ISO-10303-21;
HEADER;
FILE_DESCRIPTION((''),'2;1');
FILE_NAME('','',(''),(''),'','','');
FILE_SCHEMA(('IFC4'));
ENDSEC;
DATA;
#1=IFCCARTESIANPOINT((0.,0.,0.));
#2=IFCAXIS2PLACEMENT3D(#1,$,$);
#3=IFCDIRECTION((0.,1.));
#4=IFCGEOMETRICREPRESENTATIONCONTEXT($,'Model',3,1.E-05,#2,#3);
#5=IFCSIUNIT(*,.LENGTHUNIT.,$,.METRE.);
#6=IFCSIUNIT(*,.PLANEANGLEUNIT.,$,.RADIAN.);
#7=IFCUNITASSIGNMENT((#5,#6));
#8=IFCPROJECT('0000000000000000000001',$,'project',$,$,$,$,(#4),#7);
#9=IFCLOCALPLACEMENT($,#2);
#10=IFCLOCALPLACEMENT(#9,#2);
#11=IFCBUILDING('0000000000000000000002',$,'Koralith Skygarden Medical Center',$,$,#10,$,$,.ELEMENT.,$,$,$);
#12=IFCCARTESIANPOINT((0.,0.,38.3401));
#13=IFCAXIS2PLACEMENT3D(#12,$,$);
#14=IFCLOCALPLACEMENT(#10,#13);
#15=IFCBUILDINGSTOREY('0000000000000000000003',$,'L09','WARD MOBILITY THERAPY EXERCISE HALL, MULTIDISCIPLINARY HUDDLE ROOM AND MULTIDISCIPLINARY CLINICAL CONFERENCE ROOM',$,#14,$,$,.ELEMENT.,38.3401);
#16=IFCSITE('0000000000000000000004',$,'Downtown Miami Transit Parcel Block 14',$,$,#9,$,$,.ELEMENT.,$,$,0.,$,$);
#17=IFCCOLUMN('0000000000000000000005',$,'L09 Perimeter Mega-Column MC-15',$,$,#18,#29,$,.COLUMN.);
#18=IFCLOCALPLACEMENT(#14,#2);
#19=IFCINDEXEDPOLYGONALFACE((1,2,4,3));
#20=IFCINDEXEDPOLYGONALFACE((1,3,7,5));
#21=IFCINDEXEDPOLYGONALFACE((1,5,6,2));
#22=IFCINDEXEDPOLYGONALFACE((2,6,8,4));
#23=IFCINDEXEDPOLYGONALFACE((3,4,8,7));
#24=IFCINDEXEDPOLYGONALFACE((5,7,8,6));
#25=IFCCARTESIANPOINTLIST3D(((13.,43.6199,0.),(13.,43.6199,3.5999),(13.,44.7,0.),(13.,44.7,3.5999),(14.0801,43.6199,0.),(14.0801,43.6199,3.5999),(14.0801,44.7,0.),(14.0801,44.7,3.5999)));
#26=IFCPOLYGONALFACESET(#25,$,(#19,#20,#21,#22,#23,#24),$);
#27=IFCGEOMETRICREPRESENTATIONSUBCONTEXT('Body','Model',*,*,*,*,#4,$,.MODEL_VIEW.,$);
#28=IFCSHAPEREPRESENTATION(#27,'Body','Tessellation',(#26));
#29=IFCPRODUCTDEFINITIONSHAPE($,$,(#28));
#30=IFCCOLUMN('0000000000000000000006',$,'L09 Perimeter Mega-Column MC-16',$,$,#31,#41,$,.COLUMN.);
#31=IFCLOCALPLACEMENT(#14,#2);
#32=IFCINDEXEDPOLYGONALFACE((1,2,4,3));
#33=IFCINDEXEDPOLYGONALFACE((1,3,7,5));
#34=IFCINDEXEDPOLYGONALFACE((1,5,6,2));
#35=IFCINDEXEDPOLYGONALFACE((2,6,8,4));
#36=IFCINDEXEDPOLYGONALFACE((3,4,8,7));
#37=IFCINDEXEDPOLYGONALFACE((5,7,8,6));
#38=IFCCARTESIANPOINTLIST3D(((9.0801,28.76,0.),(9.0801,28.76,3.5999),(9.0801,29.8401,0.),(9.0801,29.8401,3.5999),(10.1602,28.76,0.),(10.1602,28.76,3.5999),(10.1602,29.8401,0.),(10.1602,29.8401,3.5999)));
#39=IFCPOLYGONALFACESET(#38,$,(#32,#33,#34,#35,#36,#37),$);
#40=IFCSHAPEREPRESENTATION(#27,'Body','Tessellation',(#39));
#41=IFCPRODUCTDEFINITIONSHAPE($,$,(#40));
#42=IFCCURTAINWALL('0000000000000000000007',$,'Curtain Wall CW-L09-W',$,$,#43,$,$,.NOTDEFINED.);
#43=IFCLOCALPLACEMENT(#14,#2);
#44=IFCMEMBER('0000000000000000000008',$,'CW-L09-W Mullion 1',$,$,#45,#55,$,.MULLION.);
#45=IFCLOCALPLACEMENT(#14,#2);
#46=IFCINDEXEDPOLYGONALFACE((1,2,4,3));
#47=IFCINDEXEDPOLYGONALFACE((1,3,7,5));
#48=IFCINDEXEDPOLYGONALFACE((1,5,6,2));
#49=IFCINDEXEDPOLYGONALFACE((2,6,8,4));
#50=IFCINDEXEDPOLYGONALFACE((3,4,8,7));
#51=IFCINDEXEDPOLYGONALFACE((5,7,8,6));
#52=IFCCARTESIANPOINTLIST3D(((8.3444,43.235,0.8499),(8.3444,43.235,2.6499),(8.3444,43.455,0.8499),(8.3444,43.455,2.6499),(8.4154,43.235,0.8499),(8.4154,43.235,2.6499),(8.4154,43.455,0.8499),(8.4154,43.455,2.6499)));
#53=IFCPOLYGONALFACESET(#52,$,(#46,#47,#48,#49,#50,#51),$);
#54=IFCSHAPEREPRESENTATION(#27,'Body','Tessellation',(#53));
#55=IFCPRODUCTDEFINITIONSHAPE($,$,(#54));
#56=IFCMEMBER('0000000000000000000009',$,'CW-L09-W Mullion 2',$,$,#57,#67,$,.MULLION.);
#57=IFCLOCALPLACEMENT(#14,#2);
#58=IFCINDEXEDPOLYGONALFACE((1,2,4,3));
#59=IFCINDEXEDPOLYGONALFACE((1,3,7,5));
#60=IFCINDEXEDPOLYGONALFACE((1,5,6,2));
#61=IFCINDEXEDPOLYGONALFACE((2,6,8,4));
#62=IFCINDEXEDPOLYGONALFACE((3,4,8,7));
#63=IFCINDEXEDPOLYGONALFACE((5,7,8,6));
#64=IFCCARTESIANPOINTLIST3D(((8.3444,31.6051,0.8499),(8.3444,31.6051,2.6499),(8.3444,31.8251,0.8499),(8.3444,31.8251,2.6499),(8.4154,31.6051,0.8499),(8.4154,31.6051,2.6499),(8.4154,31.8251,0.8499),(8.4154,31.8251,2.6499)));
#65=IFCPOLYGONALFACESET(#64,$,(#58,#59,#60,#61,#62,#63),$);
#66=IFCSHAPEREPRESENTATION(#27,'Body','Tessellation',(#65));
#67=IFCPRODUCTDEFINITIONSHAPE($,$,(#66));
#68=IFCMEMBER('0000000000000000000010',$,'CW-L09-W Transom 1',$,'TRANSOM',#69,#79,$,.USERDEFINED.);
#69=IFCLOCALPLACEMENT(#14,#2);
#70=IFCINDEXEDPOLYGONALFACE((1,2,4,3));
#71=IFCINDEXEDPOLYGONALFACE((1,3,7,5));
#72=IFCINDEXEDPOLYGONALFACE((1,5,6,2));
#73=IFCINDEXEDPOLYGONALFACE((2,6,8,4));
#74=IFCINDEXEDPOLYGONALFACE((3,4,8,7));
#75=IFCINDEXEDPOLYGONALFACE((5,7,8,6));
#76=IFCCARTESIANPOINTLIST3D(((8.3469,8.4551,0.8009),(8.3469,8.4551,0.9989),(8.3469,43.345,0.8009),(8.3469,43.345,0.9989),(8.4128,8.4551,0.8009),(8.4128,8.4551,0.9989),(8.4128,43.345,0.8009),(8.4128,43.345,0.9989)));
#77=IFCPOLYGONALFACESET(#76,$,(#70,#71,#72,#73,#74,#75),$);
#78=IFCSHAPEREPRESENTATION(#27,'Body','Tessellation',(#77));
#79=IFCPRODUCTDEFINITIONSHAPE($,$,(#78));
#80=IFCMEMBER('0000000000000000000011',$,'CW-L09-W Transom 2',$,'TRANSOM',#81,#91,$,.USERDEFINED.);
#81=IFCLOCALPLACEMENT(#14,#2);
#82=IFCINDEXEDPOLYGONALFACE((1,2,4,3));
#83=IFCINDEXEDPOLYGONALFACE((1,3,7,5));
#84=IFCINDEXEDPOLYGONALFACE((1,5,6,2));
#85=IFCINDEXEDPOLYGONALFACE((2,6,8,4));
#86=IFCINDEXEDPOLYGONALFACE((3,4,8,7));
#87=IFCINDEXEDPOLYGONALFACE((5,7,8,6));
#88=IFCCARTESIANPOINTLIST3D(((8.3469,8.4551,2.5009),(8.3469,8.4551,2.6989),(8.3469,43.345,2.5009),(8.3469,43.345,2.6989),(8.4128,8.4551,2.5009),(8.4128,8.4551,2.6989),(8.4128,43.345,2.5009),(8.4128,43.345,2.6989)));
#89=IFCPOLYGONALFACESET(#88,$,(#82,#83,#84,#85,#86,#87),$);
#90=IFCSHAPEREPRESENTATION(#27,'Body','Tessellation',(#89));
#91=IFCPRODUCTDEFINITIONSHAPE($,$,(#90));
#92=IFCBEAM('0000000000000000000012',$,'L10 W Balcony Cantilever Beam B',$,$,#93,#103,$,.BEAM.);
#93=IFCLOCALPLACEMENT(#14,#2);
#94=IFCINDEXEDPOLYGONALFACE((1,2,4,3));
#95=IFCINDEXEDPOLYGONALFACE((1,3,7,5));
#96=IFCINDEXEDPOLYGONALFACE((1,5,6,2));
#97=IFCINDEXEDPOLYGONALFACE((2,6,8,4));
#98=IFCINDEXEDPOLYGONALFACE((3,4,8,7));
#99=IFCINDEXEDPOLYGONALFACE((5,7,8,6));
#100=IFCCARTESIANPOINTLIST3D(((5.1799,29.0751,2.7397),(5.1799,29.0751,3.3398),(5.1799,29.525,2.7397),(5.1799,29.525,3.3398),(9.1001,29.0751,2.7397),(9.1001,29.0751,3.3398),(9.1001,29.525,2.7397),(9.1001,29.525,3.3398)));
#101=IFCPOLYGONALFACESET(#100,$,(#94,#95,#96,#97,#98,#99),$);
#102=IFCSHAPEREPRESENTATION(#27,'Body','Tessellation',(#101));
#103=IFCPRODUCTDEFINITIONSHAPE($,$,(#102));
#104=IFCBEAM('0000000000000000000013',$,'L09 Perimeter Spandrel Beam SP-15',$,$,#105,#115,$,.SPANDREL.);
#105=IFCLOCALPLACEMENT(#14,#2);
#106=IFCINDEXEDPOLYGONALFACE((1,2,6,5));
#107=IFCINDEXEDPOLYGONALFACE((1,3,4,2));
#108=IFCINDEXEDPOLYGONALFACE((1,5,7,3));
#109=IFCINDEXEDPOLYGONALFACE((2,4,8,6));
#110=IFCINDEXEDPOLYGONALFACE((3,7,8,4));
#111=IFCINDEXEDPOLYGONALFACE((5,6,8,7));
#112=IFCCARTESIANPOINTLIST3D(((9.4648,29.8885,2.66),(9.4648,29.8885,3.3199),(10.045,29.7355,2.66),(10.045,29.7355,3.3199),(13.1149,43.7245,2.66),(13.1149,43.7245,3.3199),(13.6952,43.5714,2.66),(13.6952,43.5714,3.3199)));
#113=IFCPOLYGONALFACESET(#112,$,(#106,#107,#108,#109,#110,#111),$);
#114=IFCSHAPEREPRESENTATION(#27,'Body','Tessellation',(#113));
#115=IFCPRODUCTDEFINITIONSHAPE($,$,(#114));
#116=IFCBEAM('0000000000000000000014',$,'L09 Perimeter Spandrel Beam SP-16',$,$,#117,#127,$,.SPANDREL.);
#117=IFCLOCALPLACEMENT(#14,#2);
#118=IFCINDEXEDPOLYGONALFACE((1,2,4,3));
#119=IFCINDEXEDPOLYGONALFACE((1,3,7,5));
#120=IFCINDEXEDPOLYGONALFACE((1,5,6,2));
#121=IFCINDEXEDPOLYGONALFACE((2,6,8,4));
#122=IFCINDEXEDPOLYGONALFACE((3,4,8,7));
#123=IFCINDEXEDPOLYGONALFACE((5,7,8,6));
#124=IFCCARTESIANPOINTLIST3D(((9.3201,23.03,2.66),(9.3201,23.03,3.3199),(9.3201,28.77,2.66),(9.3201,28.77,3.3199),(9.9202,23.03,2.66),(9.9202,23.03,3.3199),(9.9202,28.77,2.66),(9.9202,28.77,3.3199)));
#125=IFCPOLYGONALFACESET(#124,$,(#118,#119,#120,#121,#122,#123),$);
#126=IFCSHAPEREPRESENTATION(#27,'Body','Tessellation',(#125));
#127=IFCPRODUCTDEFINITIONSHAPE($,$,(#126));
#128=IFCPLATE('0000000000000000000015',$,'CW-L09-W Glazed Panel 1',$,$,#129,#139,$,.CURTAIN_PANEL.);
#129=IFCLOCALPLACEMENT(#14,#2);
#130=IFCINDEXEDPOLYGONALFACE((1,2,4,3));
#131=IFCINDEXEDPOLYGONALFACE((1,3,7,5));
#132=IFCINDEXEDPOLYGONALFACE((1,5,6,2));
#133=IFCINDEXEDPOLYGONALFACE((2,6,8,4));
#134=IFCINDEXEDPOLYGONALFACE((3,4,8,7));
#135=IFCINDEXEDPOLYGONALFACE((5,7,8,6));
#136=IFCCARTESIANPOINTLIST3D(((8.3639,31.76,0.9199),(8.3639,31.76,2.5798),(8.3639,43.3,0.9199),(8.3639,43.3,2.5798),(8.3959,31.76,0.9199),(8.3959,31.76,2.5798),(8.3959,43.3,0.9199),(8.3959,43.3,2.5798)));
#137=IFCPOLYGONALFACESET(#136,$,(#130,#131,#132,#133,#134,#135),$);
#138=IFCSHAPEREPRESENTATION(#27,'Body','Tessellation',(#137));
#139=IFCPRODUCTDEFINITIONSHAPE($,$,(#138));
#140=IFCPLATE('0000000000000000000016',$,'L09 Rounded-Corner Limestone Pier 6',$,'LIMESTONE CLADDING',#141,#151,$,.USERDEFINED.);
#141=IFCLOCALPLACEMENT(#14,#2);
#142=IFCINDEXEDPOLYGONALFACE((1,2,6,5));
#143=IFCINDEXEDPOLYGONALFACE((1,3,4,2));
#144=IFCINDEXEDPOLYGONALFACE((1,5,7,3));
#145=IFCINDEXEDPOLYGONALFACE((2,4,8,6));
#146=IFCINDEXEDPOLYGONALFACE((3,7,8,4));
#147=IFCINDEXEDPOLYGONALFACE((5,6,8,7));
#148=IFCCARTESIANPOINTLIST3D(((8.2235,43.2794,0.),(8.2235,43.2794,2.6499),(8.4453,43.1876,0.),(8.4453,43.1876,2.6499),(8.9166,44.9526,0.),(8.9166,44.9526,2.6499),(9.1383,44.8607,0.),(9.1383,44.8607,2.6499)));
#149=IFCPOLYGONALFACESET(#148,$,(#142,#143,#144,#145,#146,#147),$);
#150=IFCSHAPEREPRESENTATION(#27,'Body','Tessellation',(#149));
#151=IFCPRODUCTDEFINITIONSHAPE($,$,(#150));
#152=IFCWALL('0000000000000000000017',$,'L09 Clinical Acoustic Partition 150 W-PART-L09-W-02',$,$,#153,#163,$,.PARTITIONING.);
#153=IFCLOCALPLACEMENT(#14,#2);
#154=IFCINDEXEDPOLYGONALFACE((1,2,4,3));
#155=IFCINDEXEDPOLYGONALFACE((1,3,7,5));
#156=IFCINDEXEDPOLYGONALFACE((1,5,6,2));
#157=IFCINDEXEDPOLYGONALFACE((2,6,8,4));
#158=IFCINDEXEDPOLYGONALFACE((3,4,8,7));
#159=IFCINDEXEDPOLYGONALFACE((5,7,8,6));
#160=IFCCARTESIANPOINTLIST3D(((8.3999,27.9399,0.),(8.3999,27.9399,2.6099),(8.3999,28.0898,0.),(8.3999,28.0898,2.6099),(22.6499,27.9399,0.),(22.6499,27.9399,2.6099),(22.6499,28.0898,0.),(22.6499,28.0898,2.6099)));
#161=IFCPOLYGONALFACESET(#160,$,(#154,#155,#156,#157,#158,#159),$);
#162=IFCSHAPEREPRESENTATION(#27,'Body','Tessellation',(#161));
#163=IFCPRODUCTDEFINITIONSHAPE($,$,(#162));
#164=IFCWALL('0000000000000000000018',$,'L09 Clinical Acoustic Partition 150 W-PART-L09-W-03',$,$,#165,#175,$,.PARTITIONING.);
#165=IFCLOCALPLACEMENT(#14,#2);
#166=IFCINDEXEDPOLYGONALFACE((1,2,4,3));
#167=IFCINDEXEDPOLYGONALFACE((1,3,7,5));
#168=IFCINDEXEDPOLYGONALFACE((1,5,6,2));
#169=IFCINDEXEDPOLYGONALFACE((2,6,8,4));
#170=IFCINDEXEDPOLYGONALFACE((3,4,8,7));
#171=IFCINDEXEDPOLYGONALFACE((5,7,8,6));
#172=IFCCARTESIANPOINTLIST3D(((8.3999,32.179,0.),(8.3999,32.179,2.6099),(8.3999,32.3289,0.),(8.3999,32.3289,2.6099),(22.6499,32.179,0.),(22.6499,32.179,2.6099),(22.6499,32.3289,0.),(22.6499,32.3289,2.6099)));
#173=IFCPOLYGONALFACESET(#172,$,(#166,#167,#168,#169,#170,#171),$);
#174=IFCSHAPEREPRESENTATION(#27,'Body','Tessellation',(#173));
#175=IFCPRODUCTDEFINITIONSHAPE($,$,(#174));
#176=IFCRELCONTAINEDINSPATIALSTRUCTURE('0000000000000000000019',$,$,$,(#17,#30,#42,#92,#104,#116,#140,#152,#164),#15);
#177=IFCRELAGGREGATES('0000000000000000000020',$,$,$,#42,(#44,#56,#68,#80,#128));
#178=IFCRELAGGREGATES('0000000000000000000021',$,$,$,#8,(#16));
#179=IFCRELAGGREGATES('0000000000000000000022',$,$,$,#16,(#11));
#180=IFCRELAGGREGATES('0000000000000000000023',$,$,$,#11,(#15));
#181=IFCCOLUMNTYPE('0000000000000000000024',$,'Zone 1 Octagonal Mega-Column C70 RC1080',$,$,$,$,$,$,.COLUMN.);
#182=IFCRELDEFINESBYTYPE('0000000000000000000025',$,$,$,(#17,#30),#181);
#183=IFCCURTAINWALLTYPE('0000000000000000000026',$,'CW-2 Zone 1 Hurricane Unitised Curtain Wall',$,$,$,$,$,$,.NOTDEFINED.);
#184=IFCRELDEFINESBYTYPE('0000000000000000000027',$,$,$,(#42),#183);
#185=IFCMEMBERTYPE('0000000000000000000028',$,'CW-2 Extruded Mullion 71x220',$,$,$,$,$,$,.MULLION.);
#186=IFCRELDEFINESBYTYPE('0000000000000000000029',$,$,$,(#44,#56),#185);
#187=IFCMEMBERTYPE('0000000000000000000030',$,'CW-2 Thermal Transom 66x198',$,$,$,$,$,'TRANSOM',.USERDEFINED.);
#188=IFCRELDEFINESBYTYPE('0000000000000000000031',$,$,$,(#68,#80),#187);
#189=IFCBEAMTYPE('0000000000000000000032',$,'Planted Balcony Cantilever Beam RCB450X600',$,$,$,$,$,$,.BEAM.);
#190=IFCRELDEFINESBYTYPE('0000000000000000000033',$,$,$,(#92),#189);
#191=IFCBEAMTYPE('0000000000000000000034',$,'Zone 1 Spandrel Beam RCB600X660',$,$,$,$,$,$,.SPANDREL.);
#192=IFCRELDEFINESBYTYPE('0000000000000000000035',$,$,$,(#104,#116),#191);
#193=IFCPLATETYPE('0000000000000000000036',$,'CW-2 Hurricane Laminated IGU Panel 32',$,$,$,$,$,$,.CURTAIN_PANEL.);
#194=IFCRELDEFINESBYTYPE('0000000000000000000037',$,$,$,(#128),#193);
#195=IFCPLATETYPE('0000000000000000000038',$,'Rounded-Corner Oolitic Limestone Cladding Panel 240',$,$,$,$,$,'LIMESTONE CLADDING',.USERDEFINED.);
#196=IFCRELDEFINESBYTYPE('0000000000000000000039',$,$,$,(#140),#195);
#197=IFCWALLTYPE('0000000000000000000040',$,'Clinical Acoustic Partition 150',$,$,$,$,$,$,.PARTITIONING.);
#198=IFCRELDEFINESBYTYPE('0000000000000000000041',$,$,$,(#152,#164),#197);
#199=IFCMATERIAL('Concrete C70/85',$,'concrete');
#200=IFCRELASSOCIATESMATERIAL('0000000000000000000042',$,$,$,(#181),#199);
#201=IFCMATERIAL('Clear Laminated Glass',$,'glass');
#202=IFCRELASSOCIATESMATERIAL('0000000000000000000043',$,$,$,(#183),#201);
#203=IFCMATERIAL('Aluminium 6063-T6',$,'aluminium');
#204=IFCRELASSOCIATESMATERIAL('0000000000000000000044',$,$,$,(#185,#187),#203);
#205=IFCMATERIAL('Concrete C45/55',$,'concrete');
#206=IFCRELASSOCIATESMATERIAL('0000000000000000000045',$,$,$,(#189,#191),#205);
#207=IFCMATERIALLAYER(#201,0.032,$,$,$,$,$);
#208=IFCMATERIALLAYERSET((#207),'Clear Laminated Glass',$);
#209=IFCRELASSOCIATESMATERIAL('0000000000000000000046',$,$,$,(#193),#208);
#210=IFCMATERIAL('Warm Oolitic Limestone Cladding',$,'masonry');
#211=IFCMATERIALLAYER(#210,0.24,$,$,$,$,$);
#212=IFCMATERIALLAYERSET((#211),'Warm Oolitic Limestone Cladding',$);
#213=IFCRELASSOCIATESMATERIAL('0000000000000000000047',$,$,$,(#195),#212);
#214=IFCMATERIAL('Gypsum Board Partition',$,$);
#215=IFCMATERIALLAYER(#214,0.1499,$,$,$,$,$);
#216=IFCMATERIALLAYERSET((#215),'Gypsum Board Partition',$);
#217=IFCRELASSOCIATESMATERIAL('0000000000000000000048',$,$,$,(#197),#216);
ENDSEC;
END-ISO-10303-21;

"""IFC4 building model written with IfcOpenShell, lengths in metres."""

from ifc_helpers import new_model, si_unit, direction, frame, frame_2d, origin, origin_2d, place, context, subcontext, project, spatial, rectangle, extrude, material, layer, layer_set, material_profile, profile_set, type_object, element, aggregate, save


model = new_model("IFC4")

# Units and contexts
model_context = context("Model", 3, precision=1e-05, world=origin(), true_north=direction((0.0, 1.0)))
body_context = subcontext(model_context, "Body", "Model", "MODEL_VIEW")
ifc_project = project(units=[si_unit("LENGTHUNIT", "METRE"), si_unit("PLANEANGLEUNIT", "RADIAN")], contexts=[model_context])

# Site, building, storey
site_placement = place(None, origin())
site = spatial("IfcSite", under=ifc_project, at=site_placement, Name="Downtown Miami Transit Parcel Block 14", CompositionType="ELEMENT", RefElevation=0.0)
building_placement = place(site_placement, origin())
building = spatial("IfcBuilding", under=site, at=building_placement, Name="Koralith Skygarden Medical Center", CompositionType="ELEMENT")
storey_placement = place(building_placement, frame((0.0, 0.0, 38.3401)))
storey = spatial("IfcBuildingStorey", under=building, at=storey_placement, Name="L09", Description="WARD MOBILITY THERAPY EXERCISE HALL, MULTIDISCIPLINARY HUDDLE ROOM AND MULTIDISCIPLINARY CLINICAL CONFERENCE ROOM", CompositionType="ELEMENT", Elevation=38.3401)

# Columns
ifc_material_1 = material(Name="Concrete C70/85", Category="concrete")
ifc_material_profile_1 = material_profile(ifc_material_1, rectangle(XDim=1.0801, YDim=1.0801, at=origin_2d()), Name="RC1080X1080")
ifc_profile_set_1 = profile_set([ifc_material_profile_1], Name="Concrete C70/85")
column_type = type_object("IfcColumnType", Name="Zone 1 Octagonal Mega-Column C70 RC1080", PredefinedType="COLUMN", material=ifc_profile_set_1)
for number, where, z_axis, x_axis, name in (
    (1, (13.54, 44.1599, 0.0), (0.0, 0.0, 1.0), (1.0, 0.0, 0.0), "L09 Perimeter Mega-Column MC-15"),
    (2, (9.6201, 29.3, 0.0), (0.0, 0.0, 1.0), (1.0, 0.0, 0.0), "L09 Perimeter Mega-Column MC-16"),
):
    element("IfcColumn", number, at=place(storey_placement, frame(where, z_axis=z_axis, x_axis=x_axis)), inside=storey, type_object=column_type, Name=name, PredefinedType="COLUMN", context=body_context, shape_type="SweptSolid", body=[
        extrude(rectangle(XDim=1.0801, YDim=1.0801, at=origin_2d()), origin(), (0.0, 0.0, 1.0), 3.5999),
    ])

# Curtain wall, members
ifc_material_2 = material(Name="Clear Laminated Glass", Category="glass")
curtain_wall_type = type_object("IfcCurtainWallType", Name="CW-2 Zone 1 Hurricane Unitised Curtain Wall", PredefinedType="NOTDEFINED", material=ifc_material_2)
curtain_wall_placement = place(storey_placement, origin())
curtain_wall = element("IfcCurtainWall", 3, at=curtain_wall_placement, inside=storey, type_object=curtain_wall_type, Name="Curtain Wall CW-L09-W", PredefinedType="NOTDEFINED")
ifc_material_3 = material(Name="Aluminium 6063-T6", Category="aluminium")
ifc_material_profile_2 = material_profile(ifc_material_3, rectangle(XDim=0.071, YDim=0.22, at=origin_2d()), Name="MUL71X220")
ifc_profile_set_2 = profile_set([ifc_material_profile_2], Name="Aluminium 6063-T6")
member_type_1 = type_object("IfcMemberType", Name="CW-2 Extruded Mullion 71x220", PredefinedType="MULLION", material=ifc_profile_set_2)
member_1_placement = place(storey_placement, frame((8.3799, 43.345, 0.8499), z_axis=(0.0, 0.0, 1.0), x_axis=(1.0, 0.0, 0.0)))
member_1 = element("IfcMember", 4, at=member_1_placement, type_object=member_type_1, Name="CW-L09-W Mullion 1", PredefinedType="MULLION", context=body_context, shape_type="SweptSolid", body=[
    extrude(rectangle(XDim=0.071, YDim=0.22, at=origin_2d()), origin(), (0.0, 0.0, 1.0), 1.8),
])
member_2_placement = place(storey_placement, frame((8.3799, 31.7151, 0.8499), z_axis=(0.0, 0.0, 1.0), x_axis=(1.0, 0.0, 0.0)))
member_2 = element("IfcMember", 5, at=member_2_placement, type_object=member_type_1, Name="CW-L09-W Mullion 2", PredefinedType="MULLION", context=body_context, shape_type="SweptSolid", body=[
    extrude(rectangle(XDim=0.071, YDim=0.22, at=origin_2d()), origin(), (0.0, 0.0, 1.0), 1.8),
])
ifc_material_profile_3 = material_profile(ifc_material_3, rectangle(XDim=0.0659, YDim=0.198, at=origin_2d()), Name="TRN66X198")
ifc_profile_set_3 = profile_set([ifc_material_profile_3], Name="Aluminium 6063-T6")
member_type_2 = type_object("IfcMemberType", Name="CW-2 Thermal Transom 66x198", ElementType="TRANSOM", PredefinedType="USERDEFINED", material=ifc_profile_set_3)
member_3_placement = place(storey_placement, frame((8.3799, 43.345, 0.8999), z_axis=(0.0, -1.0, 0.0), x_axis=(1.0, 0.0, 0.0)))
member_3 = element("IfcMember", 6, at=member_3_placement, type_object=member_type_2, Name="CW-L09-W Transom 1", ObjectType="TRANSOM", PredefinedType="USERDEFINED", context=body_context, shape_type="SweptSolid", body=[
    extrude(rectangle(XDim=0.0659, YDim=0.198, at=origin_2d()), origin(), (0.0, 0.0, 1.0), 34.8899),
])
member_4_placement = place(storey_placement, frame((8.3799, 43.345, 2.5999), z_axis=(0.0, -1.0, 0.0), x_axis=(1.0, 0.0, 0.0)))
member_4 = element("IfcMember", 7, at=member_4_placement, type_object=member_type_2, Name="CW-L09-W Transom 2", ObjectType="TRANSOM", PredefinedType="USERDEFINED", context=body_context, shape_type="SweptSolid", body=[
    extrude(rectangle(XDim=0.0659, YDim=0.198, at=origin_2d()), origin(), (0.0, 0.0, 1.0), 34.8899),
])

# Beams
ifc_material_4 = material(Name="Concrete C45/55", Category="concrete")
ifc_material_profile_4 = material_profile(ifc_material_4, rectangle(XDim=0.45, YDim=0.6001, at=origin_2d()), Name="RCB450X600")
ifc_profile_set_4 = profile_set([ifc_material_profile_4], Name="Concrete C45/55")
beam_type_1 = type_object("IfcBeamType", Name="Planted Balcony Cantilever Beam RCB450X600", PredefinedType="BEAM", material=ifc_profile_set_4)
beam_1_placement = place(storey_placement, frame((9.1001, 29.3, 3.0398), z_axis=(-1.0, 0.0, 0.0), x_axis=(0.0, -1.0, 0.0)))
element("IfcBeam", 8, at=beam_1_placement, inside=storey, type_object=beam_type_1, Name="L10 W Balcony Cantilever Beam B", PredefinedType="BEAM", context=body_context, shape_type="SweptSolid", body=[
    extrude(rectangle(XDim=0.45, YDim=0.6001, at=origin_2d()), origin(), (0.0, 0.0, 1.0), 3.9202),
])
ifc_material_profile_5 = material_profile(ifc_material_4, rectangle(XDim=0.6001, YDim=0.6599, at=origin_2d()), Name="RCB600X660")
ifc_profile_set_5 = profile_set([ifc_material_profile_5], Name="Concrete C45/55")
beam_type_2 = type_object("IfcBeamType", Name="Zone 1 Spandrel Beam RCB600X660", PredefinedType="SPANDREL", material=ifc_profile_set_5)
beam_2_placement = place(storey_placement, frame((13.405, 43.6479, 2.99), z_axis=(-0.255089, -0.966918, 0.0), x_axis=(0.966918, -0.255089, 0.0)))
element("IfcBeam", 9, at=beam_2_placement, inside=storey, type_object=beam_type_2, Name="L09 Perimeter Spandrel Beam SP-15", PredefinedType="SPANDREL", context=body_context, shape_type="SweptSolid", body=[
    extrude(rectangle(XDim=0.6001, YDim=0.6599, at=origin_2d()), origin(), (0.0, 0.0, 1.0), 14.3093),
])
beam_3_placement = place(storey_placement, frame((9.6201, 28.77, 2.99), z_axis=(0.0, -1.0, 0.0), x_axis=(1.0, 0.0, 0.0)))
element("IfcBeam", 10, at=beam_3_placement, inside=storey, type_object=beam_type_2, Name="L09 Perimeter Spandrel Beam SP-16", PredefinedType="SPANDREL", context=body_context, shape_type="SweptSolid", body=[
    extrude(rectangle(XDim=0.6001, YDim=0.6599, at=origin_2d()), origin(), (0.0, 0.0, 1.0), 5.74),
])

# Plates
ifc_layer_1 = layer(ifc_material_2, 0.032)
ifc_layer_set_1 = layer_set([ifc_layer_1], Name="Clear Laminated Glass")
plate_type_1 = type_object("IfcPlateType", Name="CW-2 Hurricane Laminated IGU Panel 32", PredefinedType="CURTAIN_PANEL", material=ifc_layer_set_1)
plate_1_placement = place(storey_placement, frame((8.3799, 37.53, 0.9199), z_axis=(0.0, 0.0, 1.0), x_axis=(0.0, -1.0, 0.0)))
plate_1 = element("IfcPlate", 11, at=plate_1_placement, type_object=plate_type_1, Name="CW-L09-W Glazed Panel 1", PredefinedType="CURTAIN_PANEL", context=body_context, shape_type="SweptSolid", body=[
    extrude(rectangle(XDim=11.54, YDim=0.032, at=origin_2d()), origin(), (0.0, 0.0, 1.0), 1.6599),
])
aggregate(curtain_wall, [member_1, member_2, member_3, member_4, plate_1])
ifc_material_5 = material(Name="Warm Oolitic Limestone Cladding", Category="masonry")
ifc_layer_2 = layer(ifc_material_5, 0.24)
ifc_layer_set_2 = layer_set([ifc_layer_2], Name="Warm Oolitic Limestone Cladding")
plate_type_2 = type_object("IfcPlateType", Name="Rounded-Corner Oolitic Limestone Cladding Panel 240", ElementType="LIMESTONE CLADDING", PredefinedType="USERDEFINED", material=ifc_layer_set_2)
plate_2_placement = place(storey_placement, frame((8.6809, 44.0701, 0.0), z_axis=(0.0, 0.0, 1.0), x_axis=(-0.382671, -0.923885, 0.0)))
element("IfcPlate", 12, at=plate_2_placement, inside=storey, type_object=plate_type_2, Name="L09 Rounded-Corner Limestone Pier 6", ObjectType="LIMESTONE CLADDING", PredefinedType="USERDEFINED", context=body_context, shape_type="SweptSolid", body=[
    extrude(rectangle(XDim=1.811, YDim=0.24, at=origin_2d()), origin(), (0.0, 0.0, 1.0), 2.6499),
])

# Walls
ifc_material_6 = material(Name="Gypsum Board Partition")
ifc_layer_3 = layer(ifc_material_6, 0.1499)
ifc_layer_set_3 = layer_set([ifc_layer_3], Name="Gypsum Board Partition")
wall_type_1 = type_object("IfcWallType", Name="Clinical Acoustic Partition 150", PredefinedType="PARTITIONING", material=ifc_layer_set_3)
for number, where, z_axis, x_axis, name in (
    (13, (22.6499, 28.0149, 0.0), (0.0, 0.0, 1.0), (-1.0, 0.0, 0.0), "L09 Clinical Acoustic Partition 150 W-PART-L09-W-02"),
    (14, (22.6499, 32.2539, 0.0), (0.0, 0.0, 1.0), (-1.0, 0.0, 0.0), "L09 Clinical Acoustic Partition 150 W-PART-L09-W-03"),
):
    element("IfcWall", number, at=place(storey_placement, frame(where, z_axis=z_axis, x_axis=x_axis)), inside=storey, type_object=wall_type_1, Name=name, PredefinedType="PARTITIONING", context=body_context, shape_type="SweptSolid", body=[
        extrude(rectangle(XDim=14.25, YDim=0.1499, at=frame_2d((7.125, 0.0))), origin(), (0.0, 0.0, 1.0), 2.6099),
    ])

save(model, "model.ifc")
